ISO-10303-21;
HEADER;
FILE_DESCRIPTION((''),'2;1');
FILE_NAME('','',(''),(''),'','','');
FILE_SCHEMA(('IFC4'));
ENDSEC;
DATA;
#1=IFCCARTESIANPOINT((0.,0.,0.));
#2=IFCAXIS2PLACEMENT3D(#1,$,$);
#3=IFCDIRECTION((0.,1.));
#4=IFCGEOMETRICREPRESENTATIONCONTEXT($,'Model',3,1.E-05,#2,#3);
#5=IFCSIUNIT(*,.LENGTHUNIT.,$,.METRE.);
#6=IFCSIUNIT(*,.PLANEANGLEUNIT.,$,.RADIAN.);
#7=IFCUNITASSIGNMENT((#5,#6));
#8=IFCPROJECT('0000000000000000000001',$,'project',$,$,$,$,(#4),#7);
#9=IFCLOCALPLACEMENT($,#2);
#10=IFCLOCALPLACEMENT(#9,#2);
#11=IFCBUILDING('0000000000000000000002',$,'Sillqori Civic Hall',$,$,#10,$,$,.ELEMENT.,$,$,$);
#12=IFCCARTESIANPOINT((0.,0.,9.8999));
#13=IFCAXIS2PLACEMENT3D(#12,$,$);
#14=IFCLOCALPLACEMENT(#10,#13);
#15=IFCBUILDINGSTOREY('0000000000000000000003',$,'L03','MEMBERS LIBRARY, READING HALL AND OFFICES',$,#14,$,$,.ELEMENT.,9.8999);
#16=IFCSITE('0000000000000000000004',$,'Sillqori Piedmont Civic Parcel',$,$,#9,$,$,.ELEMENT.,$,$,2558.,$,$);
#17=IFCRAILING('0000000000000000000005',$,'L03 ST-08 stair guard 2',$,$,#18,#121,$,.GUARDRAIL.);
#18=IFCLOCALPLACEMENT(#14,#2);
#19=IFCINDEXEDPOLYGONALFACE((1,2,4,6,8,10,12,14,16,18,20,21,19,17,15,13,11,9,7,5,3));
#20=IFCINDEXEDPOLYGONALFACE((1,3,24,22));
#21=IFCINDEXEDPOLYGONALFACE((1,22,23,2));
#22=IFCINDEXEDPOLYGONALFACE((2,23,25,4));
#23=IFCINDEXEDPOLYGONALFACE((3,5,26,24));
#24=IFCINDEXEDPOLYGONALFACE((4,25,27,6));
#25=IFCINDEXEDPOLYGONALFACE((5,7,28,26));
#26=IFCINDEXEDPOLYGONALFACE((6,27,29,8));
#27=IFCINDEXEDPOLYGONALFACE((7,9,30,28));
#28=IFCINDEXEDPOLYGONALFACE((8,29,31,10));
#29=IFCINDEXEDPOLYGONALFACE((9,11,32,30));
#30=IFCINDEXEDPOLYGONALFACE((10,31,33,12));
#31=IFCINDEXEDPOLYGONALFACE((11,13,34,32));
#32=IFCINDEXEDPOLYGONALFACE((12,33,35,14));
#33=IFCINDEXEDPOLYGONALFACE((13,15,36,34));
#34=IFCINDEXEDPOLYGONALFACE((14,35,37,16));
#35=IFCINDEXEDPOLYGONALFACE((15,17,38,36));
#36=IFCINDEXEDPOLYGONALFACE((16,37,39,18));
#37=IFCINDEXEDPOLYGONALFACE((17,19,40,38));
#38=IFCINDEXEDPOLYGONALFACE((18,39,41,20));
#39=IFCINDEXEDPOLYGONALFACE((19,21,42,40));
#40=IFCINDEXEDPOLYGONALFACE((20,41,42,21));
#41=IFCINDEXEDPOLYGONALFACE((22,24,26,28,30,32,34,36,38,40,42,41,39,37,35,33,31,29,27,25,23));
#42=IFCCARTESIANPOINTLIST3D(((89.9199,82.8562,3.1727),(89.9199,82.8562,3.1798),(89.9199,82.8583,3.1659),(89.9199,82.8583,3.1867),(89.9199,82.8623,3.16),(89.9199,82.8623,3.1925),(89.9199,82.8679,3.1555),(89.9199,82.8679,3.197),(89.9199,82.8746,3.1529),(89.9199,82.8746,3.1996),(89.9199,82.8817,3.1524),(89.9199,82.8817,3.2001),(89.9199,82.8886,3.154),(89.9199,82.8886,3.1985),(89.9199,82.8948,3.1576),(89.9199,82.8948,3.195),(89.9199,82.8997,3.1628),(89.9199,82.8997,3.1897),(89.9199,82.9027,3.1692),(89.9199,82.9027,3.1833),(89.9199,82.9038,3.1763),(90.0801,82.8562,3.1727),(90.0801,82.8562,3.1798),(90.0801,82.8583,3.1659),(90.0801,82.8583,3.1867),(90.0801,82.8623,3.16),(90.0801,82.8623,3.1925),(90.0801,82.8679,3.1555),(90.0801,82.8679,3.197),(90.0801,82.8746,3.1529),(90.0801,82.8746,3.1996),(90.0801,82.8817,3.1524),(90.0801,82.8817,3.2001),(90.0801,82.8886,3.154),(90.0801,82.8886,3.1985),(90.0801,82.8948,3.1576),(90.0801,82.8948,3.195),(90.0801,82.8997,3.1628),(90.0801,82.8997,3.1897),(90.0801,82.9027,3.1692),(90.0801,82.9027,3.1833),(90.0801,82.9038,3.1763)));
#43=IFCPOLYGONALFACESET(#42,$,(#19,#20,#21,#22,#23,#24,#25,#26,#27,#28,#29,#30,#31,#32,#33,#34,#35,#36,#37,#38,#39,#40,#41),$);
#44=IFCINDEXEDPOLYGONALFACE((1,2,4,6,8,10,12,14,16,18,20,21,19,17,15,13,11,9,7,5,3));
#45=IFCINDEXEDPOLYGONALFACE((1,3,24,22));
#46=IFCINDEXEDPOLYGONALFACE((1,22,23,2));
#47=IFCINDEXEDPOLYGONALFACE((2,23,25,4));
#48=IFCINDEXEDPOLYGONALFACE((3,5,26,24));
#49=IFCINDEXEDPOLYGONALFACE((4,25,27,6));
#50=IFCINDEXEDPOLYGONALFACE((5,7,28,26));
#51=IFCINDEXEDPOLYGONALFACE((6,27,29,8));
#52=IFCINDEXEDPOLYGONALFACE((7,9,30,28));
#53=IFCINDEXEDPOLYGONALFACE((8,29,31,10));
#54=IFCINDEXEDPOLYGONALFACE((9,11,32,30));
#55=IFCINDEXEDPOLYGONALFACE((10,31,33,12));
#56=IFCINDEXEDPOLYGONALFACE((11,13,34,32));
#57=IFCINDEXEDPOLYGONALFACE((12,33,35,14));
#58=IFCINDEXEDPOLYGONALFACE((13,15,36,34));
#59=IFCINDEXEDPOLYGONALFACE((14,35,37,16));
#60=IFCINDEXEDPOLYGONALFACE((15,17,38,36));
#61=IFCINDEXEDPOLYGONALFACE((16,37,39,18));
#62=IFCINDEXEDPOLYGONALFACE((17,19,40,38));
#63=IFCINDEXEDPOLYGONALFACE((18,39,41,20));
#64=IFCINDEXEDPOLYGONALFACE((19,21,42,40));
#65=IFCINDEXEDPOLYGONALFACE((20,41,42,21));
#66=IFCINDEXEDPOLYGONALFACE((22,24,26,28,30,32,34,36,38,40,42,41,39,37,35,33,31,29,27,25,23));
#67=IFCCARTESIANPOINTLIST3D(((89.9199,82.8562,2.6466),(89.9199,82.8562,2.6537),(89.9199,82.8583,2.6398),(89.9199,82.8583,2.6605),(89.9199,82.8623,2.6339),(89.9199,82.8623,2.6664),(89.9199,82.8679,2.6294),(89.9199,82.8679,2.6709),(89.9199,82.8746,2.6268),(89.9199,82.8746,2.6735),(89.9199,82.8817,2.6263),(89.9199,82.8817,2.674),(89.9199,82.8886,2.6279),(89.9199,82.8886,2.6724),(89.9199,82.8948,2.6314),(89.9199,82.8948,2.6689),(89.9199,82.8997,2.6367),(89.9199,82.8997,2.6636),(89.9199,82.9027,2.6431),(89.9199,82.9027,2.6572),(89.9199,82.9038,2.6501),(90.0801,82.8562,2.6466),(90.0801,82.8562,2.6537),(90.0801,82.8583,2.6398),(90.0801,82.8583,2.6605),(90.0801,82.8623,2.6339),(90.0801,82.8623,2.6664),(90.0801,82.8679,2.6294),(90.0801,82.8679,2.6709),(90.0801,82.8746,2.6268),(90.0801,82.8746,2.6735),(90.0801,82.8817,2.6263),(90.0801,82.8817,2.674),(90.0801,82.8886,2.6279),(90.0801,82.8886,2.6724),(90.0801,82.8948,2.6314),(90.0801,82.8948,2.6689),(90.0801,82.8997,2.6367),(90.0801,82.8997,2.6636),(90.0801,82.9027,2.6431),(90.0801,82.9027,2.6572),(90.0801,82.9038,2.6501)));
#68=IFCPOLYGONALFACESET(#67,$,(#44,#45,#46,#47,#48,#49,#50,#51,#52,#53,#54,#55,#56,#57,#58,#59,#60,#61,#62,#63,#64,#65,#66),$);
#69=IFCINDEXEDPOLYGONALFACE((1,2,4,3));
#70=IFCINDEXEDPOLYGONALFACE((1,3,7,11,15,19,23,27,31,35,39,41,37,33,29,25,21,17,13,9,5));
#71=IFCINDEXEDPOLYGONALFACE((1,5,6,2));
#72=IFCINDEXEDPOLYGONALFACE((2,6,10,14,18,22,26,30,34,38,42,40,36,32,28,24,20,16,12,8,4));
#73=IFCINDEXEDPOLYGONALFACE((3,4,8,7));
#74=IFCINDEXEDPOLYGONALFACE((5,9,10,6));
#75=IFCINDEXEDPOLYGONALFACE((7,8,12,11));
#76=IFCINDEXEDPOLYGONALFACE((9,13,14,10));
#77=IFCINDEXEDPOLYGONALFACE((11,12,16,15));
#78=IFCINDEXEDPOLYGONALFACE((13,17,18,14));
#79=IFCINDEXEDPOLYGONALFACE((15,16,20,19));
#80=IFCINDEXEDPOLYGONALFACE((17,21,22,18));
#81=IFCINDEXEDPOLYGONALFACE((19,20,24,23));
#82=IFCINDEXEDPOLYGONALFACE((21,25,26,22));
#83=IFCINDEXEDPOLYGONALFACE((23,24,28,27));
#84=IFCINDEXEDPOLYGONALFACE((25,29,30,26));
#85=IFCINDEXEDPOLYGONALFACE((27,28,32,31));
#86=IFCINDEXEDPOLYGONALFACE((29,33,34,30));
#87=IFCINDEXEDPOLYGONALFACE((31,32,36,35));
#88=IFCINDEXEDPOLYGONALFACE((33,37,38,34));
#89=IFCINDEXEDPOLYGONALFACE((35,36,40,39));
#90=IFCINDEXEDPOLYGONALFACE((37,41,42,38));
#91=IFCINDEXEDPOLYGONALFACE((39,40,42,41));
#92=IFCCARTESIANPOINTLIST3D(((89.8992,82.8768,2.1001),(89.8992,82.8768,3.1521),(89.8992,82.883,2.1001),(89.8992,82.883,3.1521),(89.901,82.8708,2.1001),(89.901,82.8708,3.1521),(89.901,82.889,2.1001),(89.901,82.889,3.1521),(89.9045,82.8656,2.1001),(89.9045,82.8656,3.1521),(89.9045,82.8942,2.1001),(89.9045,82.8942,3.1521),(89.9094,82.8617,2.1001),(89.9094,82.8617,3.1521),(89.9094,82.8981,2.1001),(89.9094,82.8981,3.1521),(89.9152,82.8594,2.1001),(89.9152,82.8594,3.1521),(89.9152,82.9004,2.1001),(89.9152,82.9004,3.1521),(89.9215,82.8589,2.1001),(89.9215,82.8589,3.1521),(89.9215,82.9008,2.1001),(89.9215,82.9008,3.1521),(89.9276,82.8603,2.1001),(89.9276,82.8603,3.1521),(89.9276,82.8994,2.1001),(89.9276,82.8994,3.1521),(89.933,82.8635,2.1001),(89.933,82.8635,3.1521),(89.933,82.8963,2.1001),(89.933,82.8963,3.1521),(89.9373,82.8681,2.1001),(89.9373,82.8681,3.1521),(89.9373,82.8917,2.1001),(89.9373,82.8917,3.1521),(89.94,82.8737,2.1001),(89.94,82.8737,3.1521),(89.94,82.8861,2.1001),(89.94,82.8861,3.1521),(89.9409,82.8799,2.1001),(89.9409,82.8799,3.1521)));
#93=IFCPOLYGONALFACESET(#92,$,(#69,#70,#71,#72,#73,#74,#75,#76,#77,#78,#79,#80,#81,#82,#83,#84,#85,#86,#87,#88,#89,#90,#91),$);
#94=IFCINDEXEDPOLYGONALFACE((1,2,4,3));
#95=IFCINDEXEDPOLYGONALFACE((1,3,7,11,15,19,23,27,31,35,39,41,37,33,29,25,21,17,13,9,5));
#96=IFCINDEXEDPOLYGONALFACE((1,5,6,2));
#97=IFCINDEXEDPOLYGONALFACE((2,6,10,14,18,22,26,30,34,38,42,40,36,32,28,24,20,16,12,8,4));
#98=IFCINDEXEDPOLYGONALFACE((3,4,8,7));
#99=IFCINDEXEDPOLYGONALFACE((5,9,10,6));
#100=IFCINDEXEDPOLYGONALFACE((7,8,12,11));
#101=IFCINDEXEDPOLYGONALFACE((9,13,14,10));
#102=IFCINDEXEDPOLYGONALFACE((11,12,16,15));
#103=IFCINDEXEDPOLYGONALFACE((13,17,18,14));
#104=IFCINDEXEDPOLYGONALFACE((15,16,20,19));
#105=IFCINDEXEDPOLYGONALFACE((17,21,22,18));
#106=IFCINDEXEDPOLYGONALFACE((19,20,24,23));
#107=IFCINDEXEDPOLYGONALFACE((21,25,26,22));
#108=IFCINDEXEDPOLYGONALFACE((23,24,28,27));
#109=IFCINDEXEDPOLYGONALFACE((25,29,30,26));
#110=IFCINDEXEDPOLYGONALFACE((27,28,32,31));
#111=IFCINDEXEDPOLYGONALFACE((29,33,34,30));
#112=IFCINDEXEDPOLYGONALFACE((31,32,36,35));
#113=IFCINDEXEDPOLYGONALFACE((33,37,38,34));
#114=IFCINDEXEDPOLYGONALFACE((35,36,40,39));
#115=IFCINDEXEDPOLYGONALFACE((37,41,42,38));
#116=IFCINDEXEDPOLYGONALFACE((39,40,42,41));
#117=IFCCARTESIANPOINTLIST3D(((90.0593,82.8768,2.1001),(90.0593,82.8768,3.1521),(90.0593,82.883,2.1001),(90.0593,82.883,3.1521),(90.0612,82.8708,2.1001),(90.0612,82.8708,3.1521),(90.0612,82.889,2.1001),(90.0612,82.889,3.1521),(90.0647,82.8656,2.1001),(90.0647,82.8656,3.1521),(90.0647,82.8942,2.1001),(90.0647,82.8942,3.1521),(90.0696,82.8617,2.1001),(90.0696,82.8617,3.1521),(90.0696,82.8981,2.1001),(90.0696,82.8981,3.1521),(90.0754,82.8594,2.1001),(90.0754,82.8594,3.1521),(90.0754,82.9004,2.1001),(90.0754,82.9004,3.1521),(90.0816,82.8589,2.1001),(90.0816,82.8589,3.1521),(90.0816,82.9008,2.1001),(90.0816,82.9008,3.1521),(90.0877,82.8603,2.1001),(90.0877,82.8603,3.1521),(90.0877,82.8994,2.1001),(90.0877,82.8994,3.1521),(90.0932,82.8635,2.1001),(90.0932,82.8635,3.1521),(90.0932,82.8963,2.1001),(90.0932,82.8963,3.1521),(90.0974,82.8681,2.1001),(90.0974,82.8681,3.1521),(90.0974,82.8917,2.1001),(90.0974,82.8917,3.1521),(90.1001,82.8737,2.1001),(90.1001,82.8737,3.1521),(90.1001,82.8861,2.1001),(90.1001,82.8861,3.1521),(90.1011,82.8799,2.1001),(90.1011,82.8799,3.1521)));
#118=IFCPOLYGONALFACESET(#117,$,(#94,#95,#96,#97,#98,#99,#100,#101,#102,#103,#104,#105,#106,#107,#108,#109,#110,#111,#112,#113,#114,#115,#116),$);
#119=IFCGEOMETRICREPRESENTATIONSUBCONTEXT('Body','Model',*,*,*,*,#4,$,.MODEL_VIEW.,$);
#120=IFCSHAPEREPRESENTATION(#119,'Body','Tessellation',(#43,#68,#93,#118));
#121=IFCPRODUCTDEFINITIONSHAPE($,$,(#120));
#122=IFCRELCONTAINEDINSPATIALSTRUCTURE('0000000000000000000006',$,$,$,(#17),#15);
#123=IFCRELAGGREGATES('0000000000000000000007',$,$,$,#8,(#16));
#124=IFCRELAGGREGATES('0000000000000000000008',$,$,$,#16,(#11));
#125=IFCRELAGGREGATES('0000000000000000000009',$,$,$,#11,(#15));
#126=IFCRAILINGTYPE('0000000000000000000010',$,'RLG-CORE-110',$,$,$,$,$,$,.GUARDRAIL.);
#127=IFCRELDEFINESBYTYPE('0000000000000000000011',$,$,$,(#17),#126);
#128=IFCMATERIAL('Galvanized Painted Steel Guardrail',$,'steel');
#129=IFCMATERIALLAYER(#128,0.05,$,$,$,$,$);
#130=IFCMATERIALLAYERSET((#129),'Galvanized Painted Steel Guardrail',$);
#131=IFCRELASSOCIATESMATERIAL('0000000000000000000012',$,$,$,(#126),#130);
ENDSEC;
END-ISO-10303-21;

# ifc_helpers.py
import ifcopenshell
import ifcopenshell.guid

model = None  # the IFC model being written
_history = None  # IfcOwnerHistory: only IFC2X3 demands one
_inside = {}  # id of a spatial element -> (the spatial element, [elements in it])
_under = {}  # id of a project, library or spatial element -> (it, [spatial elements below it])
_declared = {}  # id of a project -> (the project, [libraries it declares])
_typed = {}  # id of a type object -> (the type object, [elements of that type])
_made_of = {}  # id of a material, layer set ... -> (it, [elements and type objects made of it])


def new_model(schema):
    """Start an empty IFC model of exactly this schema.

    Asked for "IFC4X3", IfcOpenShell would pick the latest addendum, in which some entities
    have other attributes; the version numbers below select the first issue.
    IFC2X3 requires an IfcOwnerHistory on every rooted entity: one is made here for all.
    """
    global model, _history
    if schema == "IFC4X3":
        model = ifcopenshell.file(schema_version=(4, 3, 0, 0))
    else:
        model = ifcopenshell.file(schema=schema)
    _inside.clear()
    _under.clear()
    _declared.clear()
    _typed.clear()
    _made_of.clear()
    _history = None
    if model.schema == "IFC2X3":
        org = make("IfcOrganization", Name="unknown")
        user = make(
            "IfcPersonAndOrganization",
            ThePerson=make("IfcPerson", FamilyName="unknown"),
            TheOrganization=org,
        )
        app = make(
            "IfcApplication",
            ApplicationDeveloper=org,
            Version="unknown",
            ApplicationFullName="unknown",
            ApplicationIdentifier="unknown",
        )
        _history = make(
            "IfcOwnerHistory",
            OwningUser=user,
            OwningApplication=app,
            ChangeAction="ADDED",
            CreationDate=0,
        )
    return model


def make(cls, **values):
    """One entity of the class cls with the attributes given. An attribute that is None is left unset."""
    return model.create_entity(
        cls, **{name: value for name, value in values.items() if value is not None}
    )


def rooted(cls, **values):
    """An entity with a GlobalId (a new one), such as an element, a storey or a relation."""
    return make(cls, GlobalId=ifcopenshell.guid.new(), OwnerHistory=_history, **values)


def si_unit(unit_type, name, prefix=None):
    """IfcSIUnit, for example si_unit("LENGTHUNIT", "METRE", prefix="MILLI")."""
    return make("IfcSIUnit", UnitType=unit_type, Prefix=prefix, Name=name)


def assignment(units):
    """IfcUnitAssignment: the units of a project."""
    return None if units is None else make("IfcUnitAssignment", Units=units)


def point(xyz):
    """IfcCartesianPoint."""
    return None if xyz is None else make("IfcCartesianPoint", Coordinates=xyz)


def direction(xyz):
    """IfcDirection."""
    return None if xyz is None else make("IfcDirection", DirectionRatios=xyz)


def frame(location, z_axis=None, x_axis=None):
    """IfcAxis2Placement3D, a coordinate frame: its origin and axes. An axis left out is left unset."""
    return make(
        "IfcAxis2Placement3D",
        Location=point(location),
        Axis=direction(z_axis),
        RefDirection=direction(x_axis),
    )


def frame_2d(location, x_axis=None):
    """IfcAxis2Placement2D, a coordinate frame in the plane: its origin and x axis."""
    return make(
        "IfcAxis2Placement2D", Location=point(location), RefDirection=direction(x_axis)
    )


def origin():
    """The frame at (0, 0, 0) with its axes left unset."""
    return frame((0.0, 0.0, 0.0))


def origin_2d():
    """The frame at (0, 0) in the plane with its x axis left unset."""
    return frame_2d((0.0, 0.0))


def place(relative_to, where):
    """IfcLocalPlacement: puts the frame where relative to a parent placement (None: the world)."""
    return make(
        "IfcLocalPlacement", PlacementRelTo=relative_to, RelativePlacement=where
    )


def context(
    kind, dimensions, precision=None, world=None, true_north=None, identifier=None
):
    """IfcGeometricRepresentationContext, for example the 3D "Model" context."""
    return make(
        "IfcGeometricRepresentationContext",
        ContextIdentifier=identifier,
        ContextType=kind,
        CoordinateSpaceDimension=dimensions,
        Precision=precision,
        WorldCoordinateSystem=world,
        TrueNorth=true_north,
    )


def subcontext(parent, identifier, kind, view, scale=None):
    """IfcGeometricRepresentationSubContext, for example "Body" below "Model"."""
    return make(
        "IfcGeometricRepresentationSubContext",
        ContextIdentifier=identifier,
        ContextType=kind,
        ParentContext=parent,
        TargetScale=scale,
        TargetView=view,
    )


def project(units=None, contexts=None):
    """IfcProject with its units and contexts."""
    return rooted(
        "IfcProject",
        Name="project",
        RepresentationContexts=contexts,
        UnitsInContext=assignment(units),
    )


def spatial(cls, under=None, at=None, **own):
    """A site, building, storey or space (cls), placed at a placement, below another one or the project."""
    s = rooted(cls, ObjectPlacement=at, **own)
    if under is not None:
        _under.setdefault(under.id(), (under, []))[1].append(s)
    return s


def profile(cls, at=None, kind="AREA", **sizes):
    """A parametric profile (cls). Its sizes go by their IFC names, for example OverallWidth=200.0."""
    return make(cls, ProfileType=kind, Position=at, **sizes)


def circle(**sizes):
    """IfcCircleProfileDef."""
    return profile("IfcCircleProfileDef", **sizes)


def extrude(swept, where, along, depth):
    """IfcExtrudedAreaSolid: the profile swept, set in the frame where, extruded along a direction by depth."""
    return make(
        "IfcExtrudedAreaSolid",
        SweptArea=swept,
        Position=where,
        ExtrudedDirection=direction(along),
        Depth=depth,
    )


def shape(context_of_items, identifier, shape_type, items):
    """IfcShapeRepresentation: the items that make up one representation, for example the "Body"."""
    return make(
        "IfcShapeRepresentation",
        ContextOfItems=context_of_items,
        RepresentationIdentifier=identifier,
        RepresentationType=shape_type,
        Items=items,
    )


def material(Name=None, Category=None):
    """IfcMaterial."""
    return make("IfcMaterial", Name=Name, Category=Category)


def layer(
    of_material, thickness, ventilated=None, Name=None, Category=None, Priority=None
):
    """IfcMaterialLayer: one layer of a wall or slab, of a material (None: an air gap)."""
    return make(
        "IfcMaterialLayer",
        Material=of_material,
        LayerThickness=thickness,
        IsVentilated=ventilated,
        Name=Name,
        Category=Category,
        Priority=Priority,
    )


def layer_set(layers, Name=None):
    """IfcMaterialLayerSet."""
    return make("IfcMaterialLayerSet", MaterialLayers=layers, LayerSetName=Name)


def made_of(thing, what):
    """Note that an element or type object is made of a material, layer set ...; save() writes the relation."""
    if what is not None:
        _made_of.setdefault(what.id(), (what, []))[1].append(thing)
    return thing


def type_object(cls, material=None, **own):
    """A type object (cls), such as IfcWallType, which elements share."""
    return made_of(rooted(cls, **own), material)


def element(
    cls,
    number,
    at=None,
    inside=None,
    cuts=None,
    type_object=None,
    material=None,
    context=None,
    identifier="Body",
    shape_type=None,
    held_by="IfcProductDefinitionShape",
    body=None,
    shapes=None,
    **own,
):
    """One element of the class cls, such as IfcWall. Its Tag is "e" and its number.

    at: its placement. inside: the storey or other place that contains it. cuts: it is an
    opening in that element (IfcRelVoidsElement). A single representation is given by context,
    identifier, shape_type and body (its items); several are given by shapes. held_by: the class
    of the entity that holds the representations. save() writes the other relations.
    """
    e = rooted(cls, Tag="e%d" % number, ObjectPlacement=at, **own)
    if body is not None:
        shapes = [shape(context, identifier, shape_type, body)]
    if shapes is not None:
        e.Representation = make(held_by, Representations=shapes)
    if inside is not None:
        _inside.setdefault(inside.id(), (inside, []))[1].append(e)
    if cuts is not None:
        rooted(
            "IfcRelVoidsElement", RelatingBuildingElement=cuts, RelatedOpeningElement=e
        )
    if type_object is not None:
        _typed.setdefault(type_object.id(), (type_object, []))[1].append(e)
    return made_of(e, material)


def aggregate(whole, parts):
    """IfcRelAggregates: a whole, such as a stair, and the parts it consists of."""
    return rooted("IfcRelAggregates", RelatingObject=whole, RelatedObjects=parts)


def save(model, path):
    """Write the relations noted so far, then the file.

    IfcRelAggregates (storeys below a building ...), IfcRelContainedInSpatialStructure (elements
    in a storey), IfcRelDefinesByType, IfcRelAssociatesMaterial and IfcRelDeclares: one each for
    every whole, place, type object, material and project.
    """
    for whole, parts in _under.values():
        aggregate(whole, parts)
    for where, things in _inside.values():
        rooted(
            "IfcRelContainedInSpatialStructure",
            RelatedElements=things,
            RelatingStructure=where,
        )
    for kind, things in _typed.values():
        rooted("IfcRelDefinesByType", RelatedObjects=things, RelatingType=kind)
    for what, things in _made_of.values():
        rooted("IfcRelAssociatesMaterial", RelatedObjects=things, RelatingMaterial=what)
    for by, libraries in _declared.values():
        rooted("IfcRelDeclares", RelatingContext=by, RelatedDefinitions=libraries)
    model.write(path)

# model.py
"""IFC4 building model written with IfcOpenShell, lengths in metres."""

from ifc_helpers import new_model, si_unit, direction, frame, origin, origin_2d, place, context, subcontext, project, spatial, circle, extrude, material, layer, layer_set, type_object, element, save


model = new_model("IFC4")

# Units and contexts
model_context = context("Model", 3, precision=1e-05, world=origin(), true_north=direction((0.0, 1.0)))
body_context = subcontext(model_context, "Body", "Model", "MODEL_VIEW")
ifc_project = project(units=[si_unit("LENGTHUNIT", "METRE"), si_unit("PLANEANGLEUNIT", "RADIAN")], contexts=[model_context])

# Site, building, storey
site_placement = place(None, origin())
site = spatial("IfcSite", under=ifc_project, at=site_placement, Name="Sillqori Piedmont Civic Parcel", CompositionType="ELEMENT", RefElevation=2558.0)
building_placement = place(site_placement, origin())
building = spatial("IfcBuilding", under=site, at=building_placement, Name="Sillqori Civic Hall", CompositionType="ELEMENT")
storey_placement = place(building_placement, frame((0.0, 0.0, 9.8999)))
storey = spatial("IfcBuildingStorey", under=building, at=storey_placement, Name="L03", Description="MEMBERS LIBRARY, READING HALL AND OFFICES", CompositionType="ELEMENT", Elevation=9.8999)

# Railing
ifc_material_1 = material(Name="Galvanized Painted Steel Guardrail", Category="steel")
ifc_layer_1 = layer(ifc_material_1, 0.05)
ifc_layer_set_1 = layer_set([ifc_layer_1], Name="Galvanized Painted Steel Guardrail")
railing_type_1 = type_object("IfcRailingType", Name="RLG-CORE-110", PredefinedType="GUARDRAIL", material=ifc_layer_set_1)
railing_1_placement = place(storey_placement, frame((89.9199, 82.8799, 2.1001)))
element("IfcRailing", 1, at=railing_1_placement, inside=storey, type_object=railing_type_1, Name="L03 ST-08 stair guard 2", PredefinedType="GUARDRAIL", context=body_context, shape_type="SweptSolid", body=[
    extrude(circle(Radius=0.0239, at=origin_2d()), frame((0.0, 0.0, 1.0762), z_axis=(1.0, 0.0, 0.0), x_axis=(0.0, 1.0, 0.0)), (0.0, 0.0, 1.0), 0.1602),
    extrude(circle(Radius=0.0239, at=origin_2d()), frame((0.0, 0.0, 0.55), z_axis=(1.0, 0.0, 0.0), x_axis=(0.0, 1.0, 0.0)), (0.0, 0.0, 1.0), 0.1602),
    extrude(circle(Radius=0.021, at=origin_2d()), origin(), (0.0, 0.0, 1.0), 1.052),
    extrude(circle(Radius=0.021, at=origin_2d()), frame((0.1602, 0.0, 0.0)), (0.0, 0.0, 1.0), 1.052),
])

save(model, "model.ifc")
